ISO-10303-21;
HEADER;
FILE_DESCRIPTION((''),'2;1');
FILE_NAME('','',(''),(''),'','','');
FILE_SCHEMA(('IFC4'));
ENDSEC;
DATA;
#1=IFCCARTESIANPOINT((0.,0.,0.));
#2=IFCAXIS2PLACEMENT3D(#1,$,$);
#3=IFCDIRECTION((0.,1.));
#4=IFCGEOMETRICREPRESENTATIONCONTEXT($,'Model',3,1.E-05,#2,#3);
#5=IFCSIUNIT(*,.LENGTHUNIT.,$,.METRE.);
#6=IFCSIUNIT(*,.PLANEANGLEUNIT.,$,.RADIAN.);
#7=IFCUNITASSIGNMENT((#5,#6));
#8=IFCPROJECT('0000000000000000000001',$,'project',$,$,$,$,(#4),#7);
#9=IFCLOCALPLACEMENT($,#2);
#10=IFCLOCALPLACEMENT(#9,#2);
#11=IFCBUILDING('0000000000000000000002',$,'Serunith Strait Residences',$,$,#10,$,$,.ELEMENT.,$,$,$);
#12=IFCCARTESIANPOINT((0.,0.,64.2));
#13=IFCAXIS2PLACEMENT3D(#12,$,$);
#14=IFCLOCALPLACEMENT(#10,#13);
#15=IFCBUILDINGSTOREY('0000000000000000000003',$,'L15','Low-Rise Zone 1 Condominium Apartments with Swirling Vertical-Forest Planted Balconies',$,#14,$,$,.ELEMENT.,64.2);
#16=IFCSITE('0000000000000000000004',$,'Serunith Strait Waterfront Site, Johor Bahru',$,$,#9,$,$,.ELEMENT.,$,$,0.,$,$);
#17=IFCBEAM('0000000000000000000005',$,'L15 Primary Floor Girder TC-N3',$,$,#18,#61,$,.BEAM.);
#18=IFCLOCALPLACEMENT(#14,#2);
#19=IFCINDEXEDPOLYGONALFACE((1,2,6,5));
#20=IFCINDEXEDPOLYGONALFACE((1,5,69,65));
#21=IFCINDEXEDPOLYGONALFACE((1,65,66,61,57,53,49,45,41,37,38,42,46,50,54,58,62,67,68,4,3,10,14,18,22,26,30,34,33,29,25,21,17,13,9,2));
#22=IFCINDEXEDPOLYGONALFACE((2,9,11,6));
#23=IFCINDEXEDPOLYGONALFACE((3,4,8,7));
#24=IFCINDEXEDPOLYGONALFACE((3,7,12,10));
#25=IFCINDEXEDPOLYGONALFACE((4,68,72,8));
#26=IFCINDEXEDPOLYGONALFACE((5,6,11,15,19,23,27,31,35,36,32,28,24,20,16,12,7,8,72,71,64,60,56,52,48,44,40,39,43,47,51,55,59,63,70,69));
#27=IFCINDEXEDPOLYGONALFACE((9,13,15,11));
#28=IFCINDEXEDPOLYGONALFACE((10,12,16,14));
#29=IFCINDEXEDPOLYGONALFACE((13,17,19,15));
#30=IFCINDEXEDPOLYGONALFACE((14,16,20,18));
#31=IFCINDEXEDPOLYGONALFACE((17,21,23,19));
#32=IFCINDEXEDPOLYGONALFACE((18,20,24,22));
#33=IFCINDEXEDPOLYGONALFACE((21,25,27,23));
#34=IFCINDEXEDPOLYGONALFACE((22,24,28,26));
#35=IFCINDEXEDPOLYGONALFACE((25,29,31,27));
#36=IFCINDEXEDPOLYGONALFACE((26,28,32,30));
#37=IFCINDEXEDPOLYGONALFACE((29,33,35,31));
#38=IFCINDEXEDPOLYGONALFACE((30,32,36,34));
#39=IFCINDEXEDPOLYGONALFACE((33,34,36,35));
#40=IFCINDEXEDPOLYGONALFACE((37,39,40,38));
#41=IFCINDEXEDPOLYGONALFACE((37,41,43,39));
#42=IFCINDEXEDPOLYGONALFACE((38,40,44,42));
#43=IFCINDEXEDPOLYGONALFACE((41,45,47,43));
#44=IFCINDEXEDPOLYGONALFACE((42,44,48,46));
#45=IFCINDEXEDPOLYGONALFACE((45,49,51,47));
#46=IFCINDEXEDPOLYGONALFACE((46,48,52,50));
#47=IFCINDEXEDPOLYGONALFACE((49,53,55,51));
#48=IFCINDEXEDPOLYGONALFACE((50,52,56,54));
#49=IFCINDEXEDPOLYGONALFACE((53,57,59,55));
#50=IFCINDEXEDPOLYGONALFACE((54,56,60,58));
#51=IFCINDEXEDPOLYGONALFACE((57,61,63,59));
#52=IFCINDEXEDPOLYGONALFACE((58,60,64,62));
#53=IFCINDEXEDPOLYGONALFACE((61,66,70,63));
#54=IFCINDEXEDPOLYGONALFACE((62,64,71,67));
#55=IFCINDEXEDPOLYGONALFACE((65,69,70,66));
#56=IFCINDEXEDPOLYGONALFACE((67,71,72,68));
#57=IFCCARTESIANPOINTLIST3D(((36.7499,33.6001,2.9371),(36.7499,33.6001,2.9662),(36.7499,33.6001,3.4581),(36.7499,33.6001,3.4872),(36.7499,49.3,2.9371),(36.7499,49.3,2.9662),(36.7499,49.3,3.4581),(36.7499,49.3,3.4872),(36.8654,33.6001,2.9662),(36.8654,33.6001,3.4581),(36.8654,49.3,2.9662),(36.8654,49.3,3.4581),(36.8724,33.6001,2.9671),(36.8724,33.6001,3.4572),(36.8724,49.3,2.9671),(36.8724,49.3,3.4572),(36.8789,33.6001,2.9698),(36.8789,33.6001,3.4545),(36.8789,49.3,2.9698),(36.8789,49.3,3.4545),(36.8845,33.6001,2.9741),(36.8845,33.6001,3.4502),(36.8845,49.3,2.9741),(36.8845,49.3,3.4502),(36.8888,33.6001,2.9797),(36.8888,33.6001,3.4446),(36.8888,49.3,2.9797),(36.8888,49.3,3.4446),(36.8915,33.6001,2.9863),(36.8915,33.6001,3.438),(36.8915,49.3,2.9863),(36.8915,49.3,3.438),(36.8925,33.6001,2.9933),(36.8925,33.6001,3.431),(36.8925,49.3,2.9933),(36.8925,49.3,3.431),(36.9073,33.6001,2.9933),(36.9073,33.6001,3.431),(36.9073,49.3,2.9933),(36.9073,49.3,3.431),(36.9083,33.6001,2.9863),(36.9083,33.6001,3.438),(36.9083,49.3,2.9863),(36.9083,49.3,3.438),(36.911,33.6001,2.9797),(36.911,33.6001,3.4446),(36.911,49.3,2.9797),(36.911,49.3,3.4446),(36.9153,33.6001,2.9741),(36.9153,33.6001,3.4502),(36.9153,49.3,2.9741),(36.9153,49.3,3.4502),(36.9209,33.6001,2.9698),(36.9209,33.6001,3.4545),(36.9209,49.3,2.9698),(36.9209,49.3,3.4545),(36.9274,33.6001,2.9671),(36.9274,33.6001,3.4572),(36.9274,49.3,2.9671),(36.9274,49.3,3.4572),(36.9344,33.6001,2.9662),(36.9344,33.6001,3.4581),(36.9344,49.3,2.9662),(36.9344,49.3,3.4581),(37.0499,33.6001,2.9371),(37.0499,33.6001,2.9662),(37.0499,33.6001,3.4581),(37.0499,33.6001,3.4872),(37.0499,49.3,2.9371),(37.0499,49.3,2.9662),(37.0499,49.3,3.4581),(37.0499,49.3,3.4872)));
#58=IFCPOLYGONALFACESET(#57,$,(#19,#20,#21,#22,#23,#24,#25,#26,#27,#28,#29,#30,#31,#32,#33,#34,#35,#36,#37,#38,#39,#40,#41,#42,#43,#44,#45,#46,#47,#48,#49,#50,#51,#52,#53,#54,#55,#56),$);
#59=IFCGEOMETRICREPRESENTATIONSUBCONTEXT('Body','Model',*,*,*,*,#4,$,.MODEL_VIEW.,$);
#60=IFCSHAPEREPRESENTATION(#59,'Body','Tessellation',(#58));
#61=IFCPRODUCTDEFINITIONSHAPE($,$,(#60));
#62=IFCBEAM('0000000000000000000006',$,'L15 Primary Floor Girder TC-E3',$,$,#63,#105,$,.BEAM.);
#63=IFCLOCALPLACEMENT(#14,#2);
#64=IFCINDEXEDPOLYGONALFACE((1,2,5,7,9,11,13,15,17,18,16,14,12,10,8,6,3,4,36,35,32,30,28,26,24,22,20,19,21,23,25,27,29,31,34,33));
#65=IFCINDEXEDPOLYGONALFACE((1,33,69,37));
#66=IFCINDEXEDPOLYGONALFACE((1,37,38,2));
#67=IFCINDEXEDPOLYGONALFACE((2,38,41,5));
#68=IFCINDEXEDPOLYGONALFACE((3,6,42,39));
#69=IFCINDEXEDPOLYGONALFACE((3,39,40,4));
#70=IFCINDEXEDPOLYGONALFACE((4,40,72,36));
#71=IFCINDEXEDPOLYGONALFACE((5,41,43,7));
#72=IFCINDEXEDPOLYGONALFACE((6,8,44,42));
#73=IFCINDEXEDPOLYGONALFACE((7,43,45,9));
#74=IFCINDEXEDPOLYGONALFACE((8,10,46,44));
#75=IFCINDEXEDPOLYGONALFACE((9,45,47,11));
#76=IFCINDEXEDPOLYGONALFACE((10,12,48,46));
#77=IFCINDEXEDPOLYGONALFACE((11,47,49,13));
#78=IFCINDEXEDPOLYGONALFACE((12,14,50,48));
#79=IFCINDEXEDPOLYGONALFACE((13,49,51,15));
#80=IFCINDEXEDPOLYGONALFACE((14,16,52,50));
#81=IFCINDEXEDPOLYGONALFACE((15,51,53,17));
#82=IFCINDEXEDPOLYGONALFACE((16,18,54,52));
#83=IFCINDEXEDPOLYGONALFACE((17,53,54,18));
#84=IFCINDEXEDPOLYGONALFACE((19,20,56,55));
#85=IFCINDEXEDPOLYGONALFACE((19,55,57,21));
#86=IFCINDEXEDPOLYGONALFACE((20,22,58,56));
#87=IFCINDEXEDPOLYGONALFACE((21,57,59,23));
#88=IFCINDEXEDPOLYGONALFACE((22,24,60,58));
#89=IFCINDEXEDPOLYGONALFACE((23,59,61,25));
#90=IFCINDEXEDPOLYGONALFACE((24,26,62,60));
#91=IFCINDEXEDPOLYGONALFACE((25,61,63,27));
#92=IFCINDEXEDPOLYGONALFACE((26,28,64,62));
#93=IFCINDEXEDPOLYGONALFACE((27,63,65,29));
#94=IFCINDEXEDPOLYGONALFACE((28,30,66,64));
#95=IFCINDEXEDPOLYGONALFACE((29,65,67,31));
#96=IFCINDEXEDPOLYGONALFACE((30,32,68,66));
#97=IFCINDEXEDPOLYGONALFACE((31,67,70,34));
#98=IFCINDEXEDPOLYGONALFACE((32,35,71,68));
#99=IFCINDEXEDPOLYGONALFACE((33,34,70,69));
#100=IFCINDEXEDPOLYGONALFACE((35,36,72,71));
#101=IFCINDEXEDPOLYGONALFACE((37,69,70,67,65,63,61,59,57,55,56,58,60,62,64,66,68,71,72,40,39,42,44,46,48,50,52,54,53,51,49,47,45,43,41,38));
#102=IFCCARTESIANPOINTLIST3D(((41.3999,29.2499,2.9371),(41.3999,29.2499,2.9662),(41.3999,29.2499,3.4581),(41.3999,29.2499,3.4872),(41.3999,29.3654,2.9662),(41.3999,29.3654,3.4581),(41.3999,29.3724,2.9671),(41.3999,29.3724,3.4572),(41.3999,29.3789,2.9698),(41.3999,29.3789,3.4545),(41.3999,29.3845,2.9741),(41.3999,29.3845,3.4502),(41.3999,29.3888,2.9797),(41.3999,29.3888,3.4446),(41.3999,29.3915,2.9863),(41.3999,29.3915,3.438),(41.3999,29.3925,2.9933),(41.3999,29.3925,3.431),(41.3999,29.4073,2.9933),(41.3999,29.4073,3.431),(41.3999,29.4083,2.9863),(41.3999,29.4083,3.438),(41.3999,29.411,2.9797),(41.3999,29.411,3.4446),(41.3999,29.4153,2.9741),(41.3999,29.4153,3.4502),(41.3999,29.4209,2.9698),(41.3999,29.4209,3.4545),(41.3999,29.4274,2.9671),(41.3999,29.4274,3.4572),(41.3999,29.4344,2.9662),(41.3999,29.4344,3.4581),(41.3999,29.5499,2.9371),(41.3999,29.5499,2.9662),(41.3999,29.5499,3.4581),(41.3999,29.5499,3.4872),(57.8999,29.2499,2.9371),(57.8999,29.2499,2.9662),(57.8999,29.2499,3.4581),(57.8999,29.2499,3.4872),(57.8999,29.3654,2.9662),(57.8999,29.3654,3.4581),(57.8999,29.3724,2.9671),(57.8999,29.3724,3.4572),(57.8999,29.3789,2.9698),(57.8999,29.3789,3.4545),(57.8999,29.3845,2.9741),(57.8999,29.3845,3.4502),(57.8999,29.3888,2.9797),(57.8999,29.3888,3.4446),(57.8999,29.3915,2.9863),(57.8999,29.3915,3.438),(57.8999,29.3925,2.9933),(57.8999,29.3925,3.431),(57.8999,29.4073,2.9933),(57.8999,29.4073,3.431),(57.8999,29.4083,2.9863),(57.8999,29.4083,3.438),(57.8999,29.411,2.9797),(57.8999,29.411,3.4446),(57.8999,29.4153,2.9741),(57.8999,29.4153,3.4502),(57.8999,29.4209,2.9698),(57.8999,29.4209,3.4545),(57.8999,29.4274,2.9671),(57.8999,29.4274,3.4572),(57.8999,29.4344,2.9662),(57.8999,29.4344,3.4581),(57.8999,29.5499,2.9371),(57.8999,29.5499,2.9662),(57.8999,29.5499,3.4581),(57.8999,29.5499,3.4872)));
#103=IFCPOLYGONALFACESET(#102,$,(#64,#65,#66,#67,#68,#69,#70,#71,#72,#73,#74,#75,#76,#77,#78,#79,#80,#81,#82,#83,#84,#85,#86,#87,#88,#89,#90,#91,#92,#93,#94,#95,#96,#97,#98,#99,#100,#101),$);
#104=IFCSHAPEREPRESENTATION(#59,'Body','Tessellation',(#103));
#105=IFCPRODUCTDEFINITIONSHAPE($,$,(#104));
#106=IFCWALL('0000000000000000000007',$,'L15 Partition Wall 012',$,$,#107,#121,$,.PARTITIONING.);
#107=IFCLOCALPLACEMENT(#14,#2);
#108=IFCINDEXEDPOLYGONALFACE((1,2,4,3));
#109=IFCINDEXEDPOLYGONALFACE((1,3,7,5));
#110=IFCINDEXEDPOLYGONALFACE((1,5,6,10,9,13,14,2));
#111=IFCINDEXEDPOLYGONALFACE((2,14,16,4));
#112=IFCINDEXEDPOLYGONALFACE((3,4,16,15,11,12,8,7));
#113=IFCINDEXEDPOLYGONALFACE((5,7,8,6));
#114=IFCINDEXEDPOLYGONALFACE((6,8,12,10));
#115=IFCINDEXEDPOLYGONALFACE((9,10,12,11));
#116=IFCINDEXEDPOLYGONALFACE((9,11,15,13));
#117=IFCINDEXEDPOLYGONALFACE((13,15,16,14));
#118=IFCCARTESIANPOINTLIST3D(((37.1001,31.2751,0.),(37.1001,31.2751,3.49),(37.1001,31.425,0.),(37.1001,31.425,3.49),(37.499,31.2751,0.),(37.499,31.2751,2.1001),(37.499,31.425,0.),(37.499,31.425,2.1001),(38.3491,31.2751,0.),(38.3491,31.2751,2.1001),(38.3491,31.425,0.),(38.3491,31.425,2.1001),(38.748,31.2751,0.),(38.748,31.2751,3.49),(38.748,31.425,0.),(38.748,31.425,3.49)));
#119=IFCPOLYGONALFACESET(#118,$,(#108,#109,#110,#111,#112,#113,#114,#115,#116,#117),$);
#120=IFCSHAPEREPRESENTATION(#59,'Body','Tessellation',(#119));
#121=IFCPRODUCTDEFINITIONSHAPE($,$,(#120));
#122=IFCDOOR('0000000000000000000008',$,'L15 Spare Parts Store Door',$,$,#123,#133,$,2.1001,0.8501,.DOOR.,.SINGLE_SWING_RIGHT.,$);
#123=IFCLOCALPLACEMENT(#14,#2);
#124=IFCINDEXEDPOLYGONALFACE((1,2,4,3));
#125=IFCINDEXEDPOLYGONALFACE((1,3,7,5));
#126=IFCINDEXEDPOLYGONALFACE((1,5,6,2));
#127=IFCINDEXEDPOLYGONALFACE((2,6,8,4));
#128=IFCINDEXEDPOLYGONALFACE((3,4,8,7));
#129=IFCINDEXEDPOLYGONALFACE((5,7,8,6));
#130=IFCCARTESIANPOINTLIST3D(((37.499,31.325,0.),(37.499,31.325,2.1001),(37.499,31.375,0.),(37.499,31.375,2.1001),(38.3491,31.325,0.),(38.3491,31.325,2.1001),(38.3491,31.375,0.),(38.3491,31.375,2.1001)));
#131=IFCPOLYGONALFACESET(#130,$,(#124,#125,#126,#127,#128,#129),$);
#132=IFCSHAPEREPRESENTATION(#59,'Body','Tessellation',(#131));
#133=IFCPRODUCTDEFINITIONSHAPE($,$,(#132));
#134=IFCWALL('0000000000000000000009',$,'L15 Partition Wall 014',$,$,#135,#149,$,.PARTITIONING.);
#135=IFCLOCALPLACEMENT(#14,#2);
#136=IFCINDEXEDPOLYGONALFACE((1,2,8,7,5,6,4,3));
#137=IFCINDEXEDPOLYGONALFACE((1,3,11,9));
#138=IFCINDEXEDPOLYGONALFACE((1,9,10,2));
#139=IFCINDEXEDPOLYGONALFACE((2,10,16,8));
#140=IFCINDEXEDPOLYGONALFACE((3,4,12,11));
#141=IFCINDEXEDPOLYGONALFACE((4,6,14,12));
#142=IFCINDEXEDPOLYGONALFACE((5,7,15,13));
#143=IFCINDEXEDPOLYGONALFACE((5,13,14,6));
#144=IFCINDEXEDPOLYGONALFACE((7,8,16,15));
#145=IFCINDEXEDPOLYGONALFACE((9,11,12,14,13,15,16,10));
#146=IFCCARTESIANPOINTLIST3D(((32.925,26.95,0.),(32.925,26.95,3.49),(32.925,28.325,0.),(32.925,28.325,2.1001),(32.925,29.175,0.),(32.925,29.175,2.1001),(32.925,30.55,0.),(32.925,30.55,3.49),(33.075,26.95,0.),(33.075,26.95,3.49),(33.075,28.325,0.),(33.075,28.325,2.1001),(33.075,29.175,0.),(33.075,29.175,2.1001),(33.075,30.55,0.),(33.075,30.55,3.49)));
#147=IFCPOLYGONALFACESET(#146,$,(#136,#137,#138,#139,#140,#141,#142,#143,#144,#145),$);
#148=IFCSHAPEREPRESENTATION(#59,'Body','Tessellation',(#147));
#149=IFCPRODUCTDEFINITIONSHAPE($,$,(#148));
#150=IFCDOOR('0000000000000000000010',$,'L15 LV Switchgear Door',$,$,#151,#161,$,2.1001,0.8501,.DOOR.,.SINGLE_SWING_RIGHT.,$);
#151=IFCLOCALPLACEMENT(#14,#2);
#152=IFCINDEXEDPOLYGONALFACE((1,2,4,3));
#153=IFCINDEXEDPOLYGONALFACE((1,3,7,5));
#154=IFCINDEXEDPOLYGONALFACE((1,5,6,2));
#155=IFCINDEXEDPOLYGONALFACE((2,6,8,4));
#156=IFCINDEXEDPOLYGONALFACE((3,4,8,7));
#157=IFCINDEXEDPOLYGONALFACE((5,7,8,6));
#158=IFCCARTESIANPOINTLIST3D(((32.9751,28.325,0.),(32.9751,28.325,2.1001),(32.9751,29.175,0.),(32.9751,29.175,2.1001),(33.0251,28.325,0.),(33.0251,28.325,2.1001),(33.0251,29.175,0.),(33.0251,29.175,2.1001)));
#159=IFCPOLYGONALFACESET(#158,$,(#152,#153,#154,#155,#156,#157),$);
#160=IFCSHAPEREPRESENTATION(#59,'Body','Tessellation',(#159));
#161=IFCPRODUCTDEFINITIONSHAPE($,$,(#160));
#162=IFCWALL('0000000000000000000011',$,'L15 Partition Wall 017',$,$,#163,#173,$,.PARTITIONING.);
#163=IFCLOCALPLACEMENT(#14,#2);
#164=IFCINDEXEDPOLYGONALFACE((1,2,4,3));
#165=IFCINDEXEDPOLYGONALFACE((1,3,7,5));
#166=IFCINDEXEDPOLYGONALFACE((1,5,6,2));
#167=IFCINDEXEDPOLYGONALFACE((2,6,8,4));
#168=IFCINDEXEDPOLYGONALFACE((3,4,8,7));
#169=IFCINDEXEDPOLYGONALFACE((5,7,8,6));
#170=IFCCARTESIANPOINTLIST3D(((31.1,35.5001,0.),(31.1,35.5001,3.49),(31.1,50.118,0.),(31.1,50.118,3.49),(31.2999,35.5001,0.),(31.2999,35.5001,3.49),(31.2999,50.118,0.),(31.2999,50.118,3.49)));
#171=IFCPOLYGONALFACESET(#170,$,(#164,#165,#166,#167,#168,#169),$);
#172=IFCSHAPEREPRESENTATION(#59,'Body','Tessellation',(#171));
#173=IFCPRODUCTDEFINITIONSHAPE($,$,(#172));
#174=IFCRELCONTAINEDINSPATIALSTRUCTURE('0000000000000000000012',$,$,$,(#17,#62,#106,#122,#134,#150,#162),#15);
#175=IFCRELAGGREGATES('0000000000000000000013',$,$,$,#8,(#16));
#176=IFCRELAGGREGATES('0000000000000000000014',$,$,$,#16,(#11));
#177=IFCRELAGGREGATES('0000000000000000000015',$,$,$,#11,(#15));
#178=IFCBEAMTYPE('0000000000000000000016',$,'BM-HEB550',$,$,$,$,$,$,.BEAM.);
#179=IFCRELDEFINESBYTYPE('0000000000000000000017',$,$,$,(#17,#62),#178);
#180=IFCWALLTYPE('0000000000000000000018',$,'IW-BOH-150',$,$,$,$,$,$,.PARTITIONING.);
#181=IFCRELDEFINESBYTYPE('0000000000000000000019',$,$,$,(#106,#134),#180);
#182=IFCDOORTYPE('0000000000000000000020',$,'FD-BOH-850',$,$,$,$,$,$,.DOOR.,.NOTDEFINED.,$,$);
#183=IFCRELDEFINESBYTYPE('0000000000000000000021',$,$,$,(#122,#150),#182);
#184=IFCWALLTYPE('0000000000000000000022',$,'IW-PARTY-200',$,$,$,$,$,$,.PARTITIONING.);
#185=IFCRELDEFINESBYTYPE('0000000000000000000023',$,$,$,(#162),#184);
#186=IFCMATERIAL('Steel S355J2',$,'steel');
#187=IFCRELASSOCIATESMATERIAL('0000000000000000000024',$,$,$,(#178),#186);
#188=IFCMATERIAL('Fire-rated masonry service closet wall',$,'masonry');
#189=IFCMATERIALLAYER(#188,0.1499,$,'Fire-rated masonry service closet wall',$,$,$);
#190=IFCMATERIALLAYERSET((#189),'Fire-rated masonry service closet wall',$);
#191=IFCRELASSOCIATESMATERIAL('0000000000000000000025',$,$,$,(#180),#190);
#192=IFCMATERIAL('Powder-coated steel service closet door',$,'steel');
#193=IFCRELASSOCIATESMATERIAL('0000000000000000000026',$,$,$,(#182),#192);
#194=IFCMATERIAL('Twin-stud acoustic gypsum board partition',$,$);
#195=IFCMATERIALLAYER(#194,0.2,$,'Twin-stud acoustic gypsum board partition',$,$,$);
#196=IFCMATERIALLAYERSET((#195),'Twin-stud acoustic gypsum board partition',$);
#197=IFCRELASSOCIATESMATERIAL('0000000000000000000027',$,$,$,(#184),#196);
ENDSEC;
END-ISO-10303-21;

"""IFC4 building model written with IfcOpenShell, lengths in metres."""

from ifc_helpers import new_model, si_unit, direction, frame, frame_2d, origin, origin_2d, place, context, subcontext, project, spatial, rectangle, i_section, extrude, source, transform, mapped, material, layer, layer_set, material_profile, profile_set, type_object, element, fill, save


model = new_model("IFC4")

# Units and contexts
model_context = context("Model", 3, precision=1e-05, world=origin(), true_north=direction((0.0, 1.0)))
body_context = subcontext(model_context, "Body", "Model", "MODEL_VIEW")
ifc_project = project(units=[si_unit("LENGTHUNIT", "METRE"), si_unit("PLANEANGLEUNIT", "RADIAN")], contexts=[model_context])

# Site, building, storey
site_placement = place(None, origin())
site = spatial("IfcSite", under=ifc_project, at=site_placement, Name="Serunith Strait Waterfront Site, Johor Bahru", CompositionType="ELEMENT", RefElevation=0.0)
building_placement = place(site_placement, origin())
building = spatial("IfcBuilding", under=site, at=building_placement, Name="Serunith Strait Residences", CompositionType="ELEMENT")
storey_placement = place(building_placement, frame((0.0, 0.0, 64.2)))
storey = spatial("IfcBuildingStorey", under=building, at=storey_placement, Name="L15", Description="Low-Rise Zone 1 Condominium Apartments with Swirling Vertical-Forest Planted Balconies", CompositionType="ELEMENT", Elevation=64.2)

# Beams
ifc_material_1 = material(Name="Steel S355J2", Category="steel")
ifc_material_profile = material_profile(ifc_material_1, i_section(OverallWidth=0.3, OverallDepth=0.55, WebThickness=0.0149, FlangeThickness=0.0291, FilletRadius=0.0271, at=origin_2d()), Name="HEB 550")
ifc_profile_set = profile_set([ifc_material_profile], Name="Steel S355J2")
beam_type = type_object("IfcBeamType", Name="BM-HEB550", PredefinedType="BEAM", material=ifc_profile_set)
shared_shape_1 = source(origin(), body_context, "Body", "SweptSolid", [
    extrude(i_section(OverallWidth=0.3, OverallDepth=0.55, WebThickness=0.0149, FlangeThickness=0.0291, FilletRadius=0.0271, at=origin_2d()), origin(), (0.0, 0.0, 1.0), 15.7),
])
beam_1_placement = place(storey_placement, frame((36.8999, 33.6001, 3.2122), z_axis=(0.0, 1.0, 0.0), x_axis=(-1.0, 0.0, 0.0)))
element("IfcBeam", 1, at=beam_1_placement, inside=storey, type_object=beam_type, Name="L15 Primary Floor Girder TC-N3", PredefinedType="BEAM", context=body_context, shape_type="MappedRepresentation", body=[
    mapped(shared_shape_1, transform((0.0, 0.0, 0.0), scale=1.0)),
])
shared_shape_2 = source(origin(), body_context, "Body", "SweptSolid", [
    extrude(i_section(OverallWidth=0.3, OverallDepth=0.55, WebThickness=0.0149, FlangeThickness=0.0291, FilletRadius=0.0271, at=origin_2d()), origin(), (0.0, 0.0, 1.0), 16.5),
])
beam_2_placement = place(storey_placement, frame((41.3999, 29.3999, 3.2122), z_axis=(1.0, 0.0, 0.0), x_axis=(0.0, 1.0, 0.0)))
element("IfcBeam", 2, at=beam_2_placement, inside=storey, type_object=beam_type, Name="L15 Primary Floor Girder TC-E3", PredefinedType="BEAM", context=body_context, shape_type="MappedRepresentation", body=[
    mapped(shared_shape_2, transform((0.0, 0.0, 0.0), scale=1.0)),
])

# Walls, openings, doors
ifc_material_2 = material(Name="Fire-rated masonry service closet wall", Category="masonry")
ifc_layer_1 = layer(ifc_material_2, 0.1499, Name="Fire-rated masonry service closet wall")
ifc_layer_set_1 = layer_set([ifc_layer_1], Name="Fire-rated masonry service closet wall")
wall_type_1 = type_object("IfcWallType", Name="IW-BOH-150", PredefinedType="PARTITIONING", material=ifc_layer_set_1)
wall_1_placement = place(storey_placement, frame((37.1001, 31.3501, 0.0), z_axis=(0.0, 0.0, 1.0), x_axis=(1.0, 0.0, 0.0)))
wall_1 = element("IfcWall", 3, at=wall_1_placement, inside=storey, type_object=wall_type_1, Name="L15 Partition Wall 012", PredefinedType="PARTITIONING", context=body_context, shape_type="SweptSolid", body=[
    extrude(rectangle(XDim=1.6479, YDim=0.1499, at=frame_2d((0.824, 0.0))), origin(), (0.0, 0.0, 1.0), 3.49),
])
opening_1_placement = place(wall_1_placement, frame((0.3989, 0.0, 0.0)))
opening_1 = element("IfcOpeningElement", 4, at=opening_1_placement, cuts=wall_1, PredefinedType="OPENING", context=body_context, shape_type="SweptSolid", body=[
    extrude(rectangle(XDim=0.8501, YDim=2.1001, at=frame_2d((0.425, 1.05))), frame((0.0, 0.085, 0.0), z_axis=(0.0, -1.0, 0.0), x_axis=(1.0, 0.0, 0.0)), (0.0, 0.0, 1.0), 0.1699),
])
ifc_material_3 = material(Name="Powder-coated steel service closet door", Category="steel")
door_type_1 = type_object("IfcDoorType", Name="FD-BOH-850", OperationType="NOTDEFINED", PredefinedType="DOOR", material=ifc_material_3)
shared_shape_3 = source(origin(), body_context, "Body", "SweptSolid", [
    extrude(rectangle(XDim=0.8501, YDim=2.1001, at=frame_2d((0.425, 1.05))), frame((0.0, 0.0249, 0.0), z_axis=(0.0, -1.0, 0.0), x_axis=(1.0, 0.0, 0.0)), (0.0, 0.0, 1.0), 0.05),
])
door_1_placement = place(opening_1_placement, origin())
door_1 = element("IfcDoor", 5, at=door_1_placement, inside=storey, type_object=door_type_1, Name="L15 Spare Parts Store Door", OperationType="SINGLE_SWING_RIGHT", OverallHeight=2.1001, OverallWidth=0.8501, PredefinedType="DOOR", context=body_context, shape_type="MappedRepresentation", body=[
    mapped(shared_shape_3, transform((0.0, 0.0, 0.0), scale=1.0)),
])
fill(opening_1, door_1)
wall_2_placement = place(storey_placement, frame((33.0, 26.95, 0.0), z_axis=(0.0, 0.0, 1.0), x_axis=(0.0, 1.0, 0.0)))
wall_2 = element("IfcWall", 6, at=wall_2_placement, inside=storey, type_object=wall_type_1, Name="L15 Partition Wall 014", PredefinedType="PARTITIONING", context=body_context, shape_type="SweptSolid", body=[
    extrude(rectangle(XDim=3.6001, YDim=0.1499, at=frame_2d((1.8, 0.0))), origin(), (0.0, 0.0, 1.0), 3.49),
])
opening_2_placement = place(wall_2_placement, frame((1.375, 0.0, 0.0)))
opening_2 = element("IfcOpeningElement", 7, at=opening_2_placement, cuts=wall_2, PredefinedType="OPENING", context=body_context, shape_type="SweptSolid", body=[
    extrude(rectangle(XDim=0.8501, YDim=2.1001, at=frame_2d((0.425, 1.05))), frame((0.0, 0.085, 0.0), z_axis=(0.0, -1.0, 0.0), x_axis=(1.0, 0.0, 0.0)), (0.0, 0.0, 1.0), 0.1699),
])
door_2_placement = place(opening_2_placement, origin())
door_2 = element("IfcDoor", 8, at=door_2_placement, inside=storey, type_object=door_type_1, Name="L15 LV Switchgear Door", OperationType="SINGLE_SWING_RIGHT", OverallHeight=2.1001, OverallWidth=0.8501, PredefinedType="DOOR", context=body_context, shape_type="MappedRepresentation", body=[
    mapped(shared_shape_3, transform((0.0, 0.0, 0.0), scale=1.0)),
])
fill(opening_2, door_2)

# Wall
ifc_material_4 = material(Name="Twin-stud acoustic gypsum board partition")
ifc_layer_2 = layer(ifc_material_4, 0.2, Name="Twin-stud acoustic gypsum board partition")
ifc_layer_set_2 = layer_set([ifc_layer_2], Name="Twin-stud acoustic gypsum board partition")
wall_type_2 = type_object("IfcWallType", Name="IW-PARTY-200", PredefinedType="PARTITIONING", material=ifc_layer_set_2)
wall_3_placement = place(storey_placement, frame((31.2, 35.5, 0.0), z_axis=(0.0, 0.0, 1.0), x_axis=(0.0, 1.0, 0.0)))
element("IfcWall", 9, at=wall_3_placement, inside=storey, type_object=wall_type_2, Name="L15 Partition Wall 017", PredefinedType="PARTITIONING", context=body_context, shape_type="SweptSolid", body=[
    extrude(rectangle(XDim=14.6179, YDim=0.2, at=frame_2d((7.3091, 0.0))), origin(), (0.0, 0.0, 1.0), 3.49),
])

save(model, "model.ifc")
